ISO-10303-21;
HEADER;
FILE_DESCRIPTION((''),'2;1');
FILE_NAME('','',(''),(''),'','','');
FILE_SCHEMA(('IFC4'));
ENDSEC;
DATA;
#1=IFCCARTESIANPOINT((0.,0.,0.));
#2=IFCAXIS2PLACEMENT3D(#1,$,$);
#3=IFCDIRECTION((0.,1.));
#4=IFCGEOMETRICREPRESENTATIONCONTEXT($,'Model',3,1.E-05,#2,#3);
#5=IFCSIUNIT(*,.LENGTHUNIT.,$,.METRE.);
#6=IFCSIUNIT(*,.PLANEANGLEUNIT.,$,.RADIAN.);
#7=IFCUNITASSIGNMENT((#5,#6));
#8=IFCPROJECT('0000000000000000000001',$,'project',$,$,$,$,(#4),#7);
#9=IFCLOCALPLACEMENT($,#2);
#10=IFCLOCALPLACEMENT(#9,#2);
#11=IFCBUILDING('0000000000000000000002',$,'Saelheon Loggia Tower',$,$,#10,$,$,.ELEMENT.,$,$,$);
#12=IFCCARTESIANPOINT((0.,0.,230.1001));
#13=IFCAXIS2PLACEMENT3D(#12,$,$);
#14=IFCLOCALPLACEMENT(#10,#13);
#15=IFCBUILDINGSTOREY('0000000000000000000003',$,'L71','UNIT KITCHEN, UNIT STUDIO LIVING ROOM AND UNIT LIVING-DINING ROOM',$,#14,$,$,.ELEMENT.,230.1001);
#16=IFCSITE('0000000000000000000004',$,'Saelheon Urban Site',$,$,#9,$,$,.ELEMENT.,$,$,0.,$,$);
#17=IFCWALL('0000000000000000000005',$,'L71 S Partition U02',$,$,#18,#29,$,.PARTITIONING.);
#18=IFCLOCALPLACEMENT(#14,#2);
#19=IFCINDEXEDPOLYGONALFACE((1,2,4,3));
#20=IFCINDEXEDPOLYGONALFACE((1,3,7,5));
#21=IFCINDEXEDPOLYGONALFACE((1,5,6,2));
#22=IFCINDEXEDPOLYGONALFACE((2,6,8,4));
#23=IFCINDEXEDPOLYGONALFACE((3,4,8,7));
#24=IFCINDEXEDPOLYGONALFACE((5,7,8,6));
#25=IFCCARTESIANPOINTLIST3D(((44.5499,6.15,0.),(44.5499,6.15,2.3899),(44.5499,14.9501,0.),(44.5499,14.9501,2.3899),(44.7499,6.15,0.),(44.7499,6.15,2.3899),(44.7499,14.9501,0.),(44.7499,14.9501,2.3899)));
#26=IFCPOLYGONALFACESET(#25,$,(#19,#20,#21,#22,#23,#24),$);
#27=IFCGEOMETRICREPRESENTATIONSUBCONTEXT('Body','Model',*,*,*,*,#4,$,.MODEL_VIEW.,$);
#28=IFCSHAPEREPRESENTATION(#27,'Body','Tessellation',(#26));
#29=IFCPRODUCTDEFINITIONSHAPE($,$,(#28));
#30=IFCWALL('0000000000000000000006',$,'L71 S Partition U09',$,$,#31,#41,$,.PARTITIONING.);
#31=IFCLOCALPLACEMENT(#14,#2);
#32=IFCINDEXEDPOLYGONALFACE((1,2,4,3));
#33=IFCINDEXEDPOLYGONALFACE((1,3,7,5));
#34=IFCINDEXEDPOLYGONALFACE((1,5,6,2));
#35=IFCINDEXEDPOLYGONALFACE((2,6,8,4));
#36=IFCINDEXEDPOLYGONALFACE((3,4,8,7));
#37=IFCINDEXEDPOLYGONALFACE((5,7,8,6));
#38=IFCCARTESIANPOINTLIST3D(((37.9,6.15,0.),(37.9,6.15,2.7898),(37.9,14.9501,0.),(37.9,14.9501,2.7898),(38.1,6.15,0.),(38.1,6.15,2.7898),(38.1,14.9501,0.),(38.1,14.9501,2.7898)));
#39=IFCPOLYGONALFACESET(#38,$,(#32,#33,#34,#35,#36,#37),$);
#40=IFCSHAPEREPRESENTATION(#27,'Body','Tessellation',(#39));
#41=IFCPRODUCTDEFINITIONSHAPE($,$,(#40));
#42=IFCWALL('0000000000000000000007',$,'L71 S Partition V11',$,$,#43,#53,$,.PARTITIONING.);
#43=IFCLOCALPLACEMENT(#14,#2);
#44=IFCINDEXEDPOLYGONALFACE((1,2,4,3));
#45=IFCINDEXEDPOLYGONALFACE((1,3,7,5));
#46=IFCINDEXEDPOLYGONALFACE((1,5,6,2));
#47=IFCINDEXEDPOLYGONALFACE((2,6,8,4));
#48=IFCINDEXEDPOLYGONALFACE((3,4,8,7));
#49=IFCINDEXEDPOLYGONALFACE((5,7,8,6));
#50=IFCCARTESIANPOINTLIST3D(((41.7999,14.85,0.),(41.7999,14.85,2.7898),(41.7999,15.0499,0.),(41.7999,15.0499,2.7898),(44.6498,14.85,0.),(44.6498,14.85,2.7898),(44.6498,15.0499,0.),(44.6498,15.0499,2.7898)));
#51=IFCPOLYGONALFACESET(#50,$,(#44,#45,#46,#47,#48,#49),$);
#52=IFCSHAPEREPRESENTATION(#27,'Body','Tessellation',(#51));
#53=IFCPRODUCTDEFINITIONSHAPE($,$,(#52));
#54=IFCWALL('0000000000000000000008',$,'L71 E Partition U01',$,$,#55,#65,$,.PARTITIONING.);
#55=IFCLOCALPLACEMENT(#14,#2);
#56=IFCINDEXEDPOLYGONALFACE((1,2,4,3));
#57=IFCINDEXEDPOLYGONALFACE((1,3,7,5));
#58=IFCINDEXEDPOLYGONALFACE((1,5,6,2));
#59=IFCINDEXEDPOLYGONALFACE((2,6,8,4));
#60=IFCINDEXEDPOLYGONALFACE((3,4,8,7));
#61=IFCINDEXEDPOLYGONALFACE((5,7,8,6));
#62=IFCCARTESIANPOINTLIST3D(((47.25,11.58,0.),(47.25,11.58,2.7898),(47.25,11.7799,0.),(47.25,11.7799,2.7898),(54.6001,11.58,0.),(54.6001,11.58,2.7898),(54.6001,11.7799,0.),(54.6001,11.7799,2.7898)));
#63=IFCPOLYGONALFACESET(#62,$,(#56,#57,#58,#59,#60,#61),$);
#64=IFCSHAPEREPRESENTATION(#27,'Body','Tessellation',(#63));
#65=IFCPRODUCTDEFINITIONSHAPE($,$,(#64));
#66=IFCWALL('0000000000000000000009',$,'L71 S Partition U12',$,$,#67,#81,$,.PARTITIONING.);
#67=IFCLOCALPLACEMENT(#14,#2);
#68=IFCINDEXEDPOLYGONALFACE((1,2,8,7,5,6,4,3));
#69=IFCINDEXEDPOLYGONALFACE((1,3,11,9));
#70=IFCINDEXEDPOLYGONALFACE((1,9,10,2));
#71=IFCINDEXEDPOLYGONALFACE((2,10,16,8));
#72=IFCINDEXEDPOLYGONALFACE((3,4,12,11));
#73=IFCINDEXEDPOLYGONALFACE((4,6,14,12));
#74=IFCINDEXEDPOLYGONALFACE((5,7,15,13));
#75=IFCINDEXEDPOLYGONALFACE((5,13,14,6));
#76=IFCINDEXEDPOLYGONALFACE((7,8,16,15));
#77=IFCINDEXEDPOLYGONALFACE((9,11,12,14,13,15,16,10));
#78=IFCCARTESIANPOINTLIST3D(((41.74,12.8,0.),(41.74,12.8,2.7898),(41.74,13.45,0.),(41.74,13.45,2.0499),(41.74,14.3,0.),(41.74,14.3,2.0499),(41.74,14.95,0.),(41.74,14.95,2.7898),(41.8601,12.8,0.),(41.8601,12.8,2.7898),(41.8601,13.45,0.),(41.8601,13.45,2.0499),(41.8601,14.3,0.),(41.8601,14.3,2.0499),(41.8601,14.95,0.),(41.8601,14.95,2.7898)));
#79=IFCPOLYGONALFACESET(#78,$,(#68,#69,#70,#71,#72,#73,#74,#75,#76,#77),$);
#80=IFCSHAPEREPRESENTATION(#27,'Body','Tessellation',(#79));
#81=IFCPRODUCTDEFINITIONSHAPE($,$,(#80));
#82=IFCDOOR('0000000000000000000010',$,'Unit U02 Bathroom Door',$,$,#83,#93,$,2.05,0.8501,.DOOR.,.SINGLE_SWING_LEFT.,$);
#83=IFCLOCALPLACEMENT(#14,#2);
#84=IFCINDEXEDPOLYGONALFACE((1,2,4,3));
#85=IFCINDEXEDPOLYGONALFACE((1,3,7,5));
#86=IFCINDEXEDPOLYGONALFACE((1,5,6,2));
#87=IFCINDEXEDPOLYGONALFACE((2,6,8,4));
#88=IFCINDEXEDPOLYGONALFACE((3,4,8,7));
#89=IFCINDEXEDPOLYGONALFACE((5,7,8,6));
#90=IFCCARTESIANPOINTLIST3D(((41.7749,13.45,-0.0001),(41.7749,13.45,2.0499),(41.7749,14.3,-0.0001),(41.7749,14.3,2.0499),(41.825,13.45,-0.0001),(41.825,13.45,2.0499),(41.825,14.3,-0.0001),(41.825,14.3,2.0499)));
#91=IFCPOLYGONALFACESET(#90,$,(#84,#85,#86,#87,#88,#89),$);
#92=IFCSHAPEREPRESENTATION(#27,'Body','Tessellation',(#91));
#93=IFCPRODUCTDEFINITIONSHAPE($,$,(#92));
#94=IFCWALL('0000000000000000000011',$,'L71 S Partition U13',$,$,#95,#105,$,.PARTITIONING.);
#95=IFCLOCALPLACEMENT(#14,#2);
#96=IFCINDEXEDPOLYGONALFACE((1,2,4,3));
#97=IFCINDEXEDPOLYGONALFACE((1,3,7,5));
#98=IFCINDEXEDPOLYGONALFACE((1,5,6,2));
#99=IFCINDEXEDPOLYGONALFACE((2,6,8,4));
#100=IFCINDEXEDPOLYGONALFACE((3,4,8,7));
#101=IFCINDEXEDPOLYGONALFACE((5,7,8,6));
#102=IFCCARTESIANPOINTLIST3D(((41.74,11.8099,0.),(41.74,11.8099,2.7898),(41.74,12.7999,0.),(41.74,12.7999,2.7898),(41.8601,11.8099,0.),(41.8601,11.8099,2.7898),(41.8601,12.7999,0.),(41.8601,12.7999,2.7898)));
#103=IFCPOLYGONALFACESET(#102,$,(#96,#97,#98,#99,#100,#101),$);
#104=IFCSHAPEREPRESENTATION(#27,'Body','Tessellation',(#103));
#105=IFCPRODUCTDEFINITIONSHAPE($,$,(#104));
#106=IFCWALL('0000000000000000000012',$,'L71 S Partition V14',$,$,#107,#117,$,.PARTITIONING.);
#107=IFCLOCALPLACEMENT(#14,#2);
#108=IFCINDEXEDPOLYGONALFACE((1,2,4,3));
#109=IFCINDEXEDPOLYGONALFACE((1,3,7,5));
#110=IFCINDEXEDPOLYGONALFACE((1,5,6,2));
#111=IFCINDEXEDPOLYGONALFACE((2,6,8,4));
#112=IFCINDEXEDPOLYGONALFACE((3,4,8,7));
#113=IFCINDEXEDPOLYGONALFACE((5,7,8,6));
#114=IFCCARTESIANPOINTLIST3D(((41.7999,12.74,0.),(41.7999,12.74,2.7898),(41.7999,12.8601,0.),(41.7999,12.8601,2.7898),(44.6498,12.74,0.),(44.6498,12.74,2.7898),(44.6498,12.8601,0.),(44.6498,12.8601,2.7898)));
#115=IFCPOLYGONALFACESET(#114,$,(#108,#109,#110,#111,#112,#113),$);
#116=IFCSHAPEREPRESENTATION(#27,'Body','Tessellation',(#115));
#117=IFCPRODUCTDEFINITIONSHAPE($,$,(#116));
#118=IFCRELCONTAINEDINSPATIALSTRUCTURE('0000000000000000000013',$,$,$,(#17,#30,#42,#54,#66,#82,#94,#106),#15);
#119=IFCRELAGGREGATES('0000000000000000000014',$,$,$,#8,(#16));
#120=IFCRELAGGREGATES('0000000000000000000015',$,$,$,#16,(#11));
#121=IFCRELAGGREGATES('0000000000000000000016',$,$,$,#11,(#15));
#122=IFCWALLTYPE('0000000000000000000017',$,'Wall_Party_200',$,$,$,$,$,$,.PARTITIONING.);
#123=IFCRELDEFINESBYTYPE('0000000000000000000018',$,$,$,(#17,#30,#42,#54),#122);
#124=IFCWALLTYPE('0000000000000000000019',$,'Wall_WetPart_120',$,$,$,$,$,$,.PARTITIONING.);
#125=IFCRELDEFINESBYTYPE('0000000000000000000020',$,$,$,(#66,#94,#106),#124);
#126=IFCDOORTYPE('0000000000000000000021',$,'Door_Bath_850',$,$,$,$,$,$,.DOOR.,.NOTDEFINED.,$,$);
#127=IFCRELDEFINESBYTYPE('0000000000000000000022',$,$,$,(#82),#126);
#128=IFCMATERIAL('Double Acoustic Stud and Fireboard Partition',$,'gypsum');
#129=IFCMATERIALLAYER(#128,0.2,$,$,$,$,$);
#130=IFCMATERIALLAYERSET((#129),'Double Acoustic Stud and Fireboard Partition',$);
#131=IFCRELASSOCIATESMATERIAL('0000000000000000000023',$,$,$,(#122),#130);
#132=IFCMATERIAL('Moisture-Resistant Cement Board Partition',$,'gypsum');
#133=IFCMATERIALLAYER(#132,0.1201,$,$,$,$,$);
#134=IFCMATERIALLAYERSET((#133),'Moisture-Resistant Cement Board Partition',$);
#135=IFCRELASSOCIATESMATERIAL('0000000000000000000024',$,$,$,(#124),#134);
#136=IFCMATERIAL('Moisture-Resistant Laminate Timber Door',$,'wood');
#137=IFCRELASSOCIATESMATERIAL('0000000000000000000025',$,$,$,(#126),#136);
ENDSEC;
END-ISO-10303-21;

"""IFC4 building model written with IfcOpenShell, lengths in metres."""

from ifc_helpers import new_model, si_unit, direction, frame, frame_2d, origin, place, context, subcontext, project, spatial, rectangle, extrude, source, transform, mapped, material, layer, layer_set, type_object, element, fill, save


model = new_model("IFC4")

# Units and contexts
model_context = context("Model", 3, precision=1e-05, world=origin(), true_north=direction((0.0, 1.0)))
body_context = subcontext(model_context, "Body", "Model", "MODEL_VIEW")
ifc_project = project(units=[si_unit("LENGTHUNIT", "METRE"), si_unit("PLANEANGLEUNIT", "RADIAN")], contexts=[model_context])

# Site, building, storey
site_placement = place(None, origin())
site = spatial("IfcSite", under=ifc_project, at=site_placement, Name="Saelheon Urban Site", CompositionType="ELEMENT", RefElevation=0.0)
building_placement = place(site_placement, origin())
building = spatial("IfcBuilding", under=site, at=building_placement, Name="Saelheon Loggia Tower", CompositionType="ELEMENT")
storey_placement = place(building_placement, frame((0.0, 0.0, 230.1001)))
storey = spatial("IfcBuildingStorey", under=building, at=storey_placement, Name="L71", Description="UNIT KITCHEN, UNIT STUDIO LIVING ROOM AND UNIT LIVING-DINING ROOM", CompositionType="ELEMENT", Elevation=230.1001)

# Walls
ifc_material_1 = material(Name="Double Acoustic Stud and Fireboard Partition", Category="gypsum")
ifc_layer_1 = layer(ifc_material_1, 0.2)
ifc_layer_set_1 = layer_set([ifc_layer_1], Name="Double Acoustic Stud and Fireboard Partition")
wall_type_1 = type_object("IfcWallType", Name="Wall_Party_200", PredefinedType="PARTITIONING", material=ifc_layer_set_1)
wall_1_placement = place(storey_placement, frame((44.6499, 14.95, 0.0), z_axis=(0.0, 0.0, 1.0), x_axis=(0.0, -1.0, 0.0)))
element("IfcWall", 1, at=wall_1_placement, inside=storey, type_object=wall_type_1, Name="L71 S Partition U02", PredefinedType="PARTITIONING", context=body_context, shape_type="SweptSolid", body=[
    extrude(rectangle(XDim=8.8, YDim=0.2, at=frame_2d((4.3999, 0.0))), origin(), (0.0, 0.0, 1.0), 2.3899),
])
wall_2_placement = place(storey_placement, frame((38.0, 14.95, 0.0), z_axis=(0.0, 0.0, 1.0), x_axis=(0.0, -1.0, 0.0)))
element("IfcWall", 2, at=wall_2_placement, inside=storey, type_object=wall_type_1, Name="L71 S Partition U09", PredefinedType="PARTITIONING", context=body_context, shape_type="SweptSolid", body=[
    extrude(rectangle(XDim=8.8, YDim=0.2, at=frame_2d((4.3999, 0.0))), origin(), (0.0, 0.0, 1.0), 2.7898),
])

# Walls
wall_3_placement = place(storey_placement, frame((41.8, 14.95, 0.0), z_axis=(0.0, 0.0, 1.0), x_axis=(1.0, 0.0, 0.0)))
element("IfcWall", 3, at=wall_3_placement, inside=storey, type_object=wall_type_1, Name="L71 S Partition V11", PredefinedType="PARTITIONING", context=body_context, shape_type="SweptSolid", body=[
    extrude(rectangle(XDim=2.8499, YDim=0.2, at=frame_2d((1.4248, 0.0))), origin(), (0.0, 0.0, 1.0), 2.7898),
])
wall_4_placement = place(storey_placement, frame((47.25, 11.6799, 0.0), z_axis=(0.0, 0.0, 1.0), x_axis=(1.0, 0.0, 0.0)))
element("IfcWall", 4, at=wall_4_placement, inside=storey, type_object=wall_type_1, Name="L71 E Partition U01", PredefinedType="PARTITIONING", context=body_context, shape_type="SweptSolid", body=[
    extrude(rectangle(XDim=7.3501, YDim=0.2, at=frame_2d((3.675, 0.0))), origin(), (0.0, 0.0, 1.0), 2.7898),
])

# Wall, opening, door
ifc_material_2 = material(Name="Moisture-Resistant Cement Board Partition", Category="gypsum")
ifc_layer_2 = layer(ifc_material_2, 0.1201)
ifc_layer_set_2 = layer_set([ifc_layer_2], Name="Moisture-Resistant Cement Board Partition")
wall_type_2 = type_object("IfcWallType", Name="Wall_WetPart_120", PredefinedType="PARTITIONING", material=ifc_layer_set_2)
wall_5_placement = place(storey_placement, frame((41.8, 14.95, 0.0), z_axis=(0.0, 0.0, 1.0), x_axis=(0.0, -1.0, 0.0)))
wall_5 = element("IfcWall", 5, at=wall_5_placement, inside=storey, type_object=wall_type_2, Name="L71 S Partition U12", PredefinedType="PARTITIONING", context=body_context, shape_type="SweptSolid", body=[
    extrude(rectangle(XDim=2.1499, YDim=0.1201, at=frame_2d((1.075, 0.0))), origin(), (0.0, 0.0, 1.0), 2.7898),
])
opening_1_placement = place(wall_5_placement, frame((0.6499, 0.0, 0.0)))
opening_1 = element("IfcOpeningElement", 6, at=opening_1_placement, cuts=wall_5, PredefinedType="OPENING", context=body_context, shape_type="SweptSolid", body=[
    extrude(rectangle(XDim=0.8501, YDim=2.05, at=frame_2d((0.425, 1.0249))), frame((0.0, 0.072, 0.0), z_axis=(0.0, -1.0, 0.0), x_axis=(1.0, 0.0, 0.0)), (0.0, 0.0, 1.0), 0.144),
])
ifc_material_3 = material(Name="Moisture-Resistant Laminate Timber Door", Category="wood")
door_type_1 = type_object("IfcDoorType", Name="Door_Bath_850", OperationType="NOTDEFINED", PredefinedType="DOOR", material=ifc_material_3)
shared_shape_1 = source(origin(), body_context, "Body", "SweptSolid", [
    extrude(rectangle(XDim=0.8501, YDim=2.05, at=frame_2d((0.425, 1.0249))), frame((0.0, 0.0249, 0.0), z_axis=(0.0, -1.0, 0.0), x_axis=(1.0, 0.0, 0.0)), (0.0, 0.0, 1.0), 0.05),
])
door_1_placement = place(opening_1_placement, origin())
door_1 = element("IfcDoor", 7, at=door_1_placement, inside=storey, type_object=door_type_1, Name="Unit U02 Bathroom Door", OperationType="SINGLE_SWING_LEFT", OverallHeight=2.05, OverallWidth=0.8501, PredefinedType="DOOR", context=body_context, shape_type="MappedRepresentation", body=[
    mapped(shared_shape_1, transform((0.0, 0.0, 0.0), scale=1.0)),
])
fill(opening_1, door_1)

# Walls
wall_6_placement = place(storey_placement, frame((41.8, 12.8, 0.0), z_axis=(0.0, 0.0, 1.0), x_axis=(0.0, -1.0, 0.0)))
element("IfcWall", 8, at=wall_6_placement, inside=storey, type_object=wall_type_2, Name="L71 S Partition U13", PredefinedType="PARTITIONING", context=body_context, shape_type="SweptSolid", body=[
    extrude(rectangle(XDim=0.99, YDim=0.1201, at=frame_2d((0.4951, 0.0))), origin(), (0.0, 0.0, 1.0), 2.7898),
])
wall_7_placement = place(storey_placement, frame((41.8, 12.8, 0.0), z_axis=(0.0, 0.0, 1.0), x_axis=(1.0, 0.0, 0.0)))
element("IfcWall", 9, at=wall_7_placement, inside=storey, type_object=wall_type_2, Name="L71 S Partition V14", PredefinedType="PARTITIONING", context=body_context, shape_type="SweptSolid", body=[
    extrude(rectangle(XDim=2.8499, YDim=0.1201, at=frame_2d((1.4248, 0.0))), origin(), (0.0, 0.0, 1.0), 2.7898),
])

save(model, "model.ifc")
